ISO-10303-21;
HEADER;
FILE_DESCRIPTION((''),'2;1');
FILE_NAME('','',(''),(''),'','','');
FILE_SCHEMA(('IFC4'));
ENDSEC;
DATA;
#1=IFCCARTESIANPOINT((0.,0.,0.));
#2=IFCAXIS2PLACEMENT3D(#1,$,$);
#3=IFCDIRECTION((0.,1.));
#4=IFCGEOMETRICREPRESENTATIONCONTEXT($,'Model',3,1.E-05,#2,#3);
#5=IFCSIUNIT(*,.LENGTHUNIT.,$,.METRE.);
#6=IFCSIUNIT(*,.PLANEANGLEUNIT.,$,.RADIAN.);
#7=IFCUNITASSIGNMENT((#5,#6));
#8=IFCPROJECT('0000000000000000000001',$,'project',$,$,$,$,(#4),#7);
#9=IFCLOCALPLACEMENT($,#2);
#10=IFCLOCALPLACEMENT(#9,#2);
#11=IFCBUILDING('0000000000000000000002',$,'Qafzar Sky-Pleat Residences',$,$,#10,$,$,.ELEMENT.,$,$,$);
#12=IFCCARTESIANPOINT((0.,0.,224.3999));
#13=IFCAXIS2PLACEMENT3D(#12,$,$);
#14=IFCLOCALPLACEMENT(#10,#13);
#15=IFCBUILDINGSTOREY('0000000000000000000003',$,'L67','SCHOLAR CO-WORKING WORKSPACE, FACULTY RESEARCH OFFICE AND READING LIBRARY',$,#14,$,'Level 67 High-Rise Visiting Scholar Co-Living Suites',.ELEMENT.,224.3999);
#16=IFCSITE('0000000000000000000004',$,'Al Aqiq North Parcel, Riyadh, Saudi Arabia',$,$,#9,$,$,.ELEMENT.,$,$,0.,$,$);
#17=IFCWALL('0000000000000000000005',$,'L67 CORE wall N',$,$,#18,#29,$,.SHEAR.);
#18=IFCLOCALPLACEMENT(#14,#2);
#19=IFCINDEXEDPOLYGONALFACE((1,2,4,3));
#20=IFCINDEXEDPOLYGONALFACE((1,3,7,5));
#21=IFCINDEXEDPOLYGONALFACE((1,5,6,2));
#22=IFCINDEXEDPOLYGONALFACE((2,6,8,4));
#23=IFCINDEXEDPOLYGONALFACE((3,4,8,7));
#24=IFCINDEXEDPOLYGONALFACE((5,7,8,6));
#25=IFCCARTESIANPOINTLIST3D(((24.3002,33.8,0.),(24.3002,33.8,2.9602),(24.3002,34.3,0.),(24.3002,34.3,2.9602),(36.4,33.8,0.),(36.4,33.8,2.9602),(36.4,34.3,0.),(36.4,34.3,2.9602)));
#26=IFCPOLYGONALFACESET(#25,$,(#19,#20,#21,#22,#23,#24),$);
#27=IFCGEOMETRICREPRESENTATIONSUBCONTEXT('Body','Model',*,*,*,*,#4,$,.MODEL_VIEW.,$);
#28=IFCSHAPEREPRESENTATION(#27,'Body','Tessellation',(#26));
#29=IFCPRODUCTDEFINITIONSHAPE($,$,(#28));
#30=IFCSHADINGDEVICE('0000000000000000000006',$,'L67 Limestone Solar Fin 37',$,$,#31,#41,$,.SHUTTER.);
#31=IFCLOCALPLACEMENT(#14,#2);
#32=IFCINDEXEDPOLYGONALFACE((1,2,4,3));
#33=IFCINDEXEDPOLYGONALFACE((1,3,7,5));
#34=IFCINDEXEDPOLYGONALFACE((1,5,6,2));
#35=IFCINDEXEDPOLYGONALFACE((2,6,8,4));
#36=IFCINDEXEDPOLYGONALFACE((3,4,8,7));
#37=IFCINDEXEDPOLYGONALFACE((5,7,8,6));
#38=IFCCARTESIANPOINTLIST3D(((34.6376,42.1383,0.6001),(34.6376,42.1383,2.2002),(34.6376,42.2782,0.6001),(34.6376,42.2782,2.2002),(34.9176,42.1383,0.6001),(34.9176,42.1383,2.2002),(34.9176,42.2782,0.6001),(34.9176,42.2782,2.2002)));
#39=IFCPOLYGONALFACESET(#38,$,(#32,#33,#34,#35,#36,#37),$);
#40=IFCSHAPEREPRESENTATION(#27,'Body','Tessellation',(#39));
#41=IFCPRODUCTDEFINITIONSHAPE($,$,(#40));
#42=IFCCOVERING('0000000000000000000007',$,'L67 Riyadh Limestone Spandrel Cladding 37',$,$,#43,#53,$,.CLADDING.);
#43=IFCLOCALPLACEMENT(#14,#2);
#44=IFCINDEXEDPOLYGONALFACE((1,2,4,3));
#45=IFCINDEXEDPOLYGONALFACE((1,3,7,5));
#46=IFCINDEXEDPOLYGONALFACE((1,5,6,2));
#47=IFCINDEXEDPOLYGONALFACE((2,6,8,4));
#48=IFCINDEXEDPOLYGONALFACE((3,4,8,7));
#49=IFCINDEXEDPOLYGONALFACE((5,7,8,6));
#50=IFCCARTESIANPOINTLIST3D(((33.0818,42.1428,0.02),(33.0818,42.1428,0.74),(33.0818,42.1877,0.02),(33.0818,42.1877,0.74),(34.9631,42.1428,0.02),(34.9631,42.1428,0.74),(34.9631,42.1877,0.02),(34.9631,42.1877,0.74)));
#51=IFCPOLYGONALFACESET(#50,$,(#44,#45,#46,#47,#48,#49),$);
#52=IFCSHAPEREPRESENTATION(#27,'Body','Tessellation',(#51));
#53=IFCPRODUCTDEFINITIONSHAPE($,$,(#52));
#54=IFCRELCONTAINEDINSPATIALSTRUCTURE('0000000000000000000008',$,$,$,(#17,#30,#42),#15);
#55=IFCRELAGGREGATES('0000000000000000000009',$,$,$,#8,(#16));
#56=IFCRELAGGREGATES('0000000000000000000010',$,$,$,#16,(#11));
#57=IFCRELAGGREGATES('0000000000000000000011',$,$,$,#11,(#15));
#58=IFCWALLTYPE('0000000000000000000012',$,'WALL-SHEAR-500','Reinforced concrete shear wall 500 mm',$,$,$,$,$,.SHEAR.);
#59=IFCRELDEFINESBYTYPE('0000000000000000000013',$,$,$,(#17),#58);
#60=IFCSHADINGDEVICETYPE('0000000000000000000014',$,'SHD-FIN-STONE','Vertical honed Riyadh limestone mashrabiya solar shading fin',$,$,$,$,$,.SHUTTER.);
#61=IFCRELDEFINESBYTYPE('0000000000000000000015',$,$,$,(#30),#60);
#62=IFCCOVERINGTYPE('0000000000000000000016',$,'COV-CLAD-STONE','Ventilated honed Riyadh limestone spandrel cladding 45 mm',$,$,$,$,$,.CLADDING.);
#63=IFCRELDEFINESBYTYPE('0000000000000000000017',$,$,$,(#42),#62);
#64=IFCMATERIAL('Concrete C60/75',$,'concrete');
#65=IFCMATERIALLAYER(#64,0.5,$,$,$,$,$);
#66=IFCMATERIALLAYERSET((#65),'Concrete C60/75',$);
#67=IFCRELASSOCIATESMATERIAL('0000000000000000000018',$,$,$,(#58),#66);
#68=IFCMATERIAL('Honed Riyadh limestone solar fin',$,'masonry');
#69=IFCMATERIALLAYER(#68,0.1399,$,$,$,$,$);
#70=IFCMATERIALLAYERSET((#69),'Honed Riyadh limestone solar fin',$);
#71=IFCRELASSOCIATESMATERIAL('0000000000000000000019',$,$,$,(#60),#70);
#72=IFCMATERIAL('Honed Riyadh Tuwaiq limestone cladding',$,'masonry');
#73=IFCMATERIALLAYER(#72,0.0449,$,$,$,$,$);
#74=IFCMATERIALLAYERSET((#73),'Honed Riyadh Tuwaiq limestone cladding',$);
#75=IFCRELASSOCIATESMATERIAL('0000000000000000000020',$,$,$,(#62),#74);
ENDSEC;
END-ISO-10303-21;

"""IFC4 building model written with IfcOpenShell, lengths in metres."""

from ifc_helpers import new_model, si_unit, direction, frame, frame_2d, origin, origin_2d, place, context, subcontext, project, spatial, rectangle, extrude, source, transform, mapped, material, layer, layer_set, type_object, element, save


model = new_model("IFC4")

# Units and contexts
model_context = context("Model", 3, precision=1e-05, world=origin(), true_north=direction((0.0, 1.0)))
body_context = subcontext(model_context, "Body", "Model", "MODEL_VIEW")
ifc_project = project(units=[si_unit("LENGTHUNIT", "METRE"), si_unit("PLANEANGLEUNIT", "RADIAN")], contexts=[model_context])

# Site, building, storey
site_placement = place(None, origin())
site = spatial("IfcSite", under=ifc_project, at=site_placement, Name="Al Aqiq North Parcel, Riyadh, Saudi Arabia", CompositionType="ELEMENT", RefElevation=0.0)
building_placement = place(site_placement, origin())
building = spatial("IfcBuilding", under=site, at=building_placement, Name="Qafzar Sky-Pleat Residences", CompositionType="ELEMENT")
storey_placement = place(building_placement, frame((0.0, 0.0, 224.3999)))
storey = spatial("IfcBuildingStorey", under=building, at=storey_placement, Name="L67", Description="SCHOLAR CO-WORKING WORKSPACE, FACULTY RESEARCH OFFICE AND READING LIBRARY", LongName="Level 67 High-Rise Visiting Scholar Co-Living Suites", CompositionType="ELEMENT", Elevation=224.3999)

# Wall
ifc_material_1 = material(Name="Concrete C60/75", Category="concrete")
ifc_layer_1 = layer(ifc_material_1, 0.5)
ifc_layer_set_1 = layer_set([ifc_layer_1], Name="Concrete C60/75")
wall_type_1 = type_object("IfcWallType", Name="WALL-SHEAR-500", Description="Reinforced concrete shear wall 500 mm", PredefinedType="SHEAR", material=ifc_layer_set_1)
wall_1_placement = place(storey_placement, frame((36.3999, 34.05, 0.0), z_axis=(0.0, 0.0, 1.0), x_axis=(-1.0, 0.0, 0.0)))
element("IfcWall", 1, at=wall_1_placement, inside=storey, type_object=wall_type_1, Name="L67 CORE wall N", PredefinedType="SHEAR", context=body_context, shape_type="SweptSolid", body=[
    extrude(rectangle(XDim=12.0999, YDim=0.5, at=frame_2d((6.0498, 0.0))), origin(), (0.0, 0.0, 1.0), 2.9602),
])

# Shading device
ifc_material_2 = material(Name="Honed Riyadh limestone solar fin", Category="masonry")
ifc_layer_2 = layer(ifc_material_2, 0.1399)
ifc_layer_set_2 = layer_set([ifc_layer_2], Name="Honed Riyadh limestone solar fin")
shading_device_type = type_object("IfcShadingDeviceType", Name="SHD-FIN-STONE", Description="Vertical honed Riyadh limestone mashrabiya solar shading fin", PredefinedType="SHUTTER", material=ifc_layer_set_2)
shared_shape_1 = source(origin(), body_context, "Body", "SweptSolid", [
    extrude(rectangle(XDim=0.1399, YDim=0.28, at=origin_2d()), origin(), (0.0, 0.0, 1.0), 1.6001),
])
shading_device_placement = place(storey_placement, frame((34.7776, 42.2083, 0.6001), z_axis=(0.0, 0.0, 1.0), x_axis=(0.0, 1.0, 0.0)))
element("IfcShadingDevice", 2, at=shading_device_placement, inside=storey, type_object=shading_device_type, Name="L67 Limestone Solar Fin 37", PredefinedType="SHUTTER", context=body_context, shape_type="MappedRepresentation", body=[
    mapped(shared_shape_1, transform((0.0, 0.0, 0.0), x_axis=(1.0, 0.0, 0.0), y_axis=(0.0, 1.0, 0.0), z_axis=(0.0, 0.0, 1.0), scale=1.0)),
])

# Covering
ifc_material_3 = material(Name="Honed Riyadh Tuwaiq limestone cladding", Category="masonry")
ifc_layer_3 = layer(ifc_material_3, 0.0449)
ifc_layer_set_3 = layer_set([ifc_layer_3], Name="Honed Riyadh Tuwaiq limestone cladding")
covering_type = type_object("IfcCoveringType", Name="COV-CLAD-STONE", Description="Ventilated honed Riyadh limestone spandrel cladding 45 mm", PredefinedType="CLADDING", material=ifc_layer_set_3)
shared_shape_2 = source(origin(), body_context, "Body", "SweptSolid", [
    extrude(rectangle(XDim=1.8813, YDim=0.0449, at=origin_2d()), origin(), (0.0, 0.0, 1.0), 0.72),
])
covering_placement = place(storey_placement, frame((34.0225, 42.1653, 0.02), z_axis=(0.0, 0.0, 1.0), x_axis=(-1.0, 0.0, 0.0)))
element("IfcCovering", 3, at=covering_placement, inside=storey, type_object=covering_type, Name="L67 Riyadh Limestone Spandrel Cladding 37", PredefinedType="CLADDING", context=body_context, shape_type="MappedRepresentation", body=[
    mapped(shared_shape_2, transform((0.0, 0.0, 0.0), x_axis=(1.0, 0.0, 0.0), y_axis=(0.0, 1.0, 0.0), z_axis=(0.0, 0.0, 1.0), scale=1.0)),
])

save(model, "model.ifc")
